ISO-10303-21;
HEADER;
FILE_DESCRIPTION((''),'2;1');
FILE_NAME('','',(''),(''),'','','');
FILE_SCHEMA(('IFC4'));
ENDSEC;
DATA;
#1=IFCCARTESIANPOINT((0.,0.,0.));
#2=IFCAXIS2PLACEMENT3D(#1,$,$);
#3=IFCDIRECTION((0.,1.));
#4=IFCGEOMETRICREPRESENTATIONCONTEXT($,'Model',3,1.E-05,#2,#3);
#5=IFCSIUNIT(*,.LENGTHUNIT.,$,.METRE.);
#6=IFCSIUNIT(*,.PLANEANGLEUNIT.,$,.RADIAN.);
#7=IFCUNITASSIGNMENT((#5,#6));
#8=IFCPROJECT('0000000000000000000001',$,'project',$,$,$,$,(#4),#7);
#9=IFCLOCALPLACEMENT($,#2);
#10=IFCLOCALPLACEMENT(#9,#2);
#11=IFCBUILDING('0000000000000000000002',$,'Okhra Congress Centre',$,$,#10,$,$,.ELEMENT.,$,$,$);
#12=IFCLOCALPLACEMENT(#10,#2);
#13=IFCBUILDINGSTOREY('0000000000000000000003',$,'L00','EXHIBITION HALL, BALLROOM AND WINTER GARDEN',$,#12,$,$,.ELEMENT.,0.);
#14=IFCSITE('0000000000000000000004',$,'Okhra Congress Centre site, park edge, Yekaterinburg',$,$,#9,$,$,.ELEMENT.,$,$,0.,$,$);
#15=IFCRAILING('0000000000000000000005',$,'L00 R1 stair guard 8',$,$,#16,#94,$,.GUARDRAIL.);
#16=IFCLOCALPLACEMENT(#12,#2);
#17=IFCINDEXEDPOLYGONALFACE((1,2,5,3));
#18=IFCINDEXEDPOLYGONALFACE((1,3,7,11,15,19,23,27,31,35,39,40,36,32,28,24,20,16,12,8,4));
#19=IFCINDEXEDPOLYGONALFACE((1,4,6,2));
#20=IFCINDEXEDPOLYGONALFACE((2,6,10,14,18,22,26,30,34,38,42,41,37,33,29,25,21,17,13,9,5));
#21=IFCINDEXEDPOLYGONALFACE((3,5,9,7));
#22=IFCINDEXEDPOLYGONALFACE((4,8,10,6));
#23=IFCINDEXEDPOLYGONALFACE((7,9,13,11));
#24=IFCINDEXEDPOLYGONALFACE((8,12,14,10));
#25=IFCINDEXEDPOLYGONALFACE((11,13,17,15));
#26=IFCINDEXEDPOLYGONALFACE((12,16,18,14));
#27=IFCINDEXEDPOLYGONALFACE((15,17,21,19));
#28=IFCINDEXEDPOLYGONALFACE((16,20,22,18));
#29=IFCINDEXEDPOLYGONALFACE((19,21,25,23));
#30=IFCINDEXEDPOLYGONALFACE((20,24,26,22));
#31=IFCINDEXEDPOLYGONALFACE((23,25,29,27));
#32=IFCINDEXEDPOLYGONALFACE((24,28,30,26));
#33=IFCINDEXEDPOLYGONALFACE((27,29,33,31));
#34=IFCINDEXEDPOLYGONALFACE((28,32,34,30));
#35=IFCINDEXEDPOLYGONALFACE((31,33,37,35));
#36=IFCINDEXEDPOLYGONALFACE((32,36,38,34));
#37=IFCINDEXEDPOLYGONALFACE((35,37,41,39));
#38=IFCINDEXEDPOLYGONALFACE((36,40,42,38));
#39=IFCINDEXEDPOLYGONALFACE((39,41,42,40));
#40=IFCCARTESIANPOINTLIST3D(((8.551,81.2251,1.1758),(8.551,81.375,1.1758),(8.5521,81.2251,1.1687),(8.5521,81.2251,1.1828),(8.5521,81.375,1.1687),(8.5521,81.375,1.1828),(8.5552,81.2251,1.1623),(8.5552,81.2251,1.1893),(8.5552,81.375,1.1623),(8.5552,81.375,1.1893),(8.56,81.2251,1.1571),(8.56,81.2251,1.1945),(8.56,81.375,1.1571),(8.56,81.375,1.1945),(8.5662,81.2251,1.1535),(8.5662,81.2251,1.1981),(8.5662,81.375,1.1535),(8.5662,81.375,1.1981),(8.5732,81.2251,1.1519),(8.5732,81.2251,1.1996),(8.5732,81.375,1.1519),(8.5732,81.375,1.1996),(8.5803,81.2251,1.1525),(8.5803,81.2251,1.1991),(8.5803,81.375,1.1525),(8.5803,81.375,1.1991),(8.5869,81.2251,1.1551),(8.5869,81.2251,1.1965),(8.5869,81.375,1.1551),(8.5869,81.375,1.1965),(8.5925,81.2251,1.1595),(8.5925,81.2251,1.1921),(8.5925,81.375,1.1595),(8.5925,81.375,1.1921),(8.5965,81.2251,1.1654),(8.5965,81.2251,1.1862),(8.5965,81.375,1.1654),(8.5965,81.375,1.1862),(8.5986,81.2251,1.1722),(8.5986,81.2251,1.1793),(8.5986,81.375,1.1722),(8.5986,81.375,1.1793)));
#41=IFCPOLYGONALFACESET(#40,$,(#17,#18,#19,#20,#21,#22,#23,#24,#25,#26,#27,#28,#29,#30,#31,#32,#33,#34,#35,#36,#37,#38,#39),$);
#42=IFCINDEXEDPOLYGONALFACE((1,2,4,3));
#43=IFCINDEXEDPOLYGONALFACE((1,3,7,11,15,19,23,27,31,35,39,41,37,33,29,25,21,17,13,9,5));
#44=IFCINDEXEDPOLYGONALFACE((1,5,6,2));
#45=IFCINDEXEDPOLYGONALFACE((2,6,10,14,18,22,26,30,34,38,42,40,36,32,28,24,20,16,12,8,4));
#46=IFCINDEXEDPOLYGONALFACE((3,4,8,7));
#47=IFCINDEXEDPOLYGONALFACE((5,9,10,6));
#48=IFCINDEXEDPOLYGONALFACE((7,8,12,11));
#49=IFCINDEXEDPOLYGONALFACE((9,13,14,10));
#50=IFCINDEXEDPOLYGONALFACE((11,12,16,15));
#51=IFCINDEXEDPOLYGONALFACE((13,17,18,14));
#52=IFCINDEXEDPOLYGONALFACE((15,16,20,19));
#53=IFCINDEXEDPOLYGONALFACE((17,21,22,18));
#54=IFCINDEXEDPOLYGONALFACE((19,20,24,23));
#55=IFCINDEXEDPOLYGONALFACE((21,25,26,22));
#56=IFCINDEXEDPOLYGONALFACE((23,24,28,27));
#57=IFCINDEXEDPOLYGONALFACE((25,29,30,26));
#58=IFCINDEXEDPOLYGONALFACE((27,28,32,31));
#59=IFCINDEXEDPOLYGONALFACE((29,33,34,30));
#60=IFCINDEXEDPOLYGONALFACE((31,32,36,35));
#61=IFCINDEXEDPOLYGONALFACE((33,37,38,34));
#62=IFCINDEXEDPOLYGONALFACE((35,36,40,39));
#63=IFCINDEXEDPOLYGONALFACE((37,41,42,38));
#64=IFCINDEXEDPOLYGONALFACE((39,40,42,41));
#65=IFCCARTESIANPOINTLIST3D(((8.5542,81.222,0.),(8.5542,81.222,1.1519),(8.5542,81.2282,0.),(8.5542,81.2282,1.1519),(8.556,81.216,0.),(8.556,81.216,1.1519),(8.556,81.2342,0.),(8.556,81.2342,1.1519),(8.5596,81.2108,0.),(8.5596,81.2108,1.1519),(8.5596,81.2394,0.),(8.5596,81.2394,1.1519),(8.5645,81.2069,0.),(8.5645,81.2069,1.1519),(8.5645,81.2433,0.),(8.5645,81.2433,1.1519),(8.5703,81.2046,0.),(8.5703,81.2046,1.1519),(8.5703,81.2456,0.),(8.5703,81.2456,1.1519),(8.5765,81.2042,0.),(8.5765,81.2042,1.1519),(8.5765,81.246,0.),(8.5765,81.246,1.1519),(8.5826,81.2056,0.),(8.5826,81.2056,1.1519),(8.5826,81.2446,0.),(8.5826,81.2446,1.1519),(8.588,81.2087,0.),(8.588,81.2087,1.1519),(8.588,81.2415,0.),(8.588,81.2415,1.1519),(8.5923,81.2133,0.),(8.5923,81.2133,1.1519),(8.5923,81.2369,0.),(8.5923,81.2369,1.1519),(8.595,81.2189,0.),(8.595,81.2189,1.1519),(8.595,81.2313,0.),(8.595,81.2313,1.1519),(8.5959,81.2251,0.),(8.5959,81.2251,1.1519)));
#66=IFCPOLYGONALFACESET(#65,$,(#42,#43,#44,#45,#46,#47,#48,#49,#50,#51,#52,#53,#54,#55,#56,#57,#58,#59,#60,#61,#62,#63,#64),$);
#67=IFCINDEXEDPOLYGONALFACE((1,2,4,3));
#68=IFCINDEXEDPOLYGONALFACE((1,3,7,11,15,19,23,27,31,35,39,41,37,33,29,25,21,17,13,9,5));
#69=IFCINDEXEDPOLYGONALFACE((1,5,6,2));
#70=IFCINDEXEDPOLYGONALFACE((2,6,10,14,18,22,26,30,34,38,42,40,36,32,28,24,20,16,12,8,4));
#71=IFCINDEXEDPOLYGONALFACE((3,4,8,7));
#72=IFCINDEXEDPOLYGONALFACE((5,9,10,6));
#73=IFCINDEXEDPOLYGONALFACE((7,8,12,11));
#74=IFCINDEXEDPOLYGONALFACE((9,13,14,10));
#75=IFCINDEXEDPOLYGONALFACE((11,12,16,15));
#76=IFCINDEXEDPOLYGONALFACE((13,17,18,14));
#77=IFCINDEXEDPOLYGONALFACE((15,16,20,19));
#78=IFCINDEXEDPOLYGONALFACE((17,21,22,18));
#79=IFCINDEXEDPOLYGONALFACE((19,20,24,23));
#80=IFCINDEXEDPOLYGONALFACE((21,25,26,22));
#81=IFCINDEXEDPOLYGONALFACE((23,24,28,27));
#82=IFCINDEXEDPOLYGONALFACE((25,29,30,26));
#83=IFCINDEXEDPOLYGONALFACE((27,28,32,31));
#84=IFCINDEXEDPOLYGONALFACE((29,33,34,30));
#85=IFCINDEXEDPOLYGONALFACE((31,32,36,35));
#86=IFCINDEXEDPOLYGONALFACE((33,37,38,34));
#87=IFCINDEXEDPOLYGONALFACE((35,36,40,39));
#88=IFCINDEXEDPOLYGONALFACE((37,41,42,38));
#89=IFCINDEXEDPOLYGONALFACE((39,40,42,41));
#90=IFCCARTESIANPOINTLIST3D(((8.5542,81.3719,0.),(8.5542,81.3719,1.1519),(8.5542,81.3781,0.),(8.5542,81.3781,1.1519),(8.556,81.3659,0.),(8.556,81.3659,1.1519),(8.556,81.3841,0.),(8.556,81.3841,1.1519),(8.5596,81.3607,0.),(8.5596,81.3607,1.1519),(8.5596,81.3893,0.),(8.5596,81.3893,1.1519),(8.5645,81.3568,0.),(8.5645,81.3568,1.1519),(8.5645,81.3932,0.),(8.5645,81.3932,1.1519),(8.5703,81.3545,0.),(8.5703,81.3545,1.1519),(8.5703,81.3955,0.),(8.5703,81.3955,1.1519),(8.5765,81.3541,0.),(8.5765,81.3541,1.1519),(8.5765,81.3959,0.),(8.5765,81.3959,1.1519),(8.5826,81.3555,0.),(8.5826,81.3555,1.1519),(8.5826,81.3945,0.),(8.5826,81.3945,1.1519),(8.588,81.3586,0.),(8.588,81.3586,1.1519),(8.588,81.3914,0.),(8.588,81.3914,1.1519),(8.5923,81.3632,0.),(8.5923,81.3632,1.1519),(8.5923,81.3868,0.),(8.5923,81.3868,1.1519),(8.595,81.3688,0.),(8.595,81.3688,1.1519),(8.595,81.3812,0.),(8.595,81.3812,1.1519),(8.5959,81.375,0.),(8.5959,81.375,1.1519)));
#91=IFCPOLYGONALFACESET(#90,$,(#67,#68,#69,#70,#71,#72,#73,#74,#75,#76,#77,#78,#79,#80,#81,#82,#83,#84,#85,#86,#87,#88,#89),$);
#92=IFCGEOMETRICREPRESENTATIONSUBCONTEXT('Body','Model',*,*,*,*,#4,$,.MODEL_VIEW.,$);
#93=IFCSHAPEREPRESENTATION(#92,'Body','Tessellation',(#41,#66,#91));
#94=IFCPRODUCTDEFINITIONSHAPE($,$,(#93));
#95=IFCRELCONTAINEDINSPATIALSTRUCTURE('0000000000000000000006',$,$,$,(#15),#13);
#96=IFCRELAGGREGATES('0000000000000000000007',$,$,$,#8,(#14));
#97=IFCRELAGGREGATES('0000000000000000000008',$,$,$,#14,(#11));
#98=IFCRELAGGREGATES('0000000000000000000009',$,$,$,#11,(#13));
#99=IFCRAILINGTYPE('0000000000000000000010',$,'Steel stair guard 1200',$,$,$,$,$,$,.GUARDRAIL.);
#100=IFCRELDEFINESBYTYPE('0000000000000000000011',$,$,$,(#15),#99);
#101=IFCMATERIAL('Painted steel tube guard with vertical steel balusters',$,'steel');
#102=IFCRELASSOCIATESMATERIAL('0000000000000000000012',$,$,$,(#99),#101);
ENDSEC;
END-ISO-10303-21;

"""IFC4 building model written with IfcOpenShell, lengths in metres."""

from ifc_helpers import new_model, si_unit, direction, frame, origin, origin_2d, place, context, subcontext, project, spatial, circle, extrude, material, type_object, element, save


model = new_model("IFC4")

# Units and contexts
model_context = context("Model", 3, precision=1e-05, world=origin(), true_north=direction((0.0, 1.0)))
body_context = subcontext(model_context, "Body", "Model", "MODEL_VIEW")
ifc_project = project(units=[si_unit("LENGTHUNIT", "METRE"), si_unit("PLANEANGLEUNIT", "RADIAN")], contexts=[model_context])

# Site, building, storey
site_placement = place(None, origin())
site = spatial("IfcSite", under=ifc_project, at=site_placement, Name="Okhra Congress Centre site, park edge, Yekaterinburg", CompositionType="ELEMENT", RefElevation=0.0)
building_placement = place(site_placement, origin())
building = spatial("IfcBuilding", under=site, at=building_placement, Name="Okhra Congress Centre", CompositionType="ELEMENT")
storey_placement = place(building_placement, origin())
storey = spatial("IfcBuildingStorey", under=building, at=storey_placement, Name="L00", Description="EXHIBITION HALL, BALLROOM AND WINTER GARDEN", CompositionType="ELEMENT", Elevation=0.0)

# Railing
ifc_material_1 = material(Name="Painted steel tube guard with vertical steel balusters", Category="steel")
railing_type_1 = type_object("IfcRailingType", Name="Steel stair guard 1200", PredefinedType="GUARDRAIL", material=ifc_material_1)
railing_1_placement = place(storey_placement, frame((8.575, 81.2251, 0.0)))
element("IfcRailing", 1, at=railing_1_placement, inside=storey, type_object=railing_type_1, Name="L00 R1 stair guard 8", PredefinedType="GUARDRAIL", context=body_context, shape_type="SweptSolid", body=[
    extrude(circle(Radius=0.0239, at=origin_2d()), frame((0.0, 0.0, 1.1758), z_axis=(0.0, 1.0, 0.0), x_axis=(-1.0, 0.0, 0.0)), (0.0, 0.0, 1.0), 0.1499),
    extrude(circle(Radius=0.021, at=origin_2d()), origin(), (0.0, 0.0, 1.0), 1.1519),
    extrude(circle(Radius=0.021, at=origin_2d()), frame((0.0, 0.1499, 0.0)), (0.0, 0.0, 1.0), 1.1519),
])

save(model, "model.ifc")
